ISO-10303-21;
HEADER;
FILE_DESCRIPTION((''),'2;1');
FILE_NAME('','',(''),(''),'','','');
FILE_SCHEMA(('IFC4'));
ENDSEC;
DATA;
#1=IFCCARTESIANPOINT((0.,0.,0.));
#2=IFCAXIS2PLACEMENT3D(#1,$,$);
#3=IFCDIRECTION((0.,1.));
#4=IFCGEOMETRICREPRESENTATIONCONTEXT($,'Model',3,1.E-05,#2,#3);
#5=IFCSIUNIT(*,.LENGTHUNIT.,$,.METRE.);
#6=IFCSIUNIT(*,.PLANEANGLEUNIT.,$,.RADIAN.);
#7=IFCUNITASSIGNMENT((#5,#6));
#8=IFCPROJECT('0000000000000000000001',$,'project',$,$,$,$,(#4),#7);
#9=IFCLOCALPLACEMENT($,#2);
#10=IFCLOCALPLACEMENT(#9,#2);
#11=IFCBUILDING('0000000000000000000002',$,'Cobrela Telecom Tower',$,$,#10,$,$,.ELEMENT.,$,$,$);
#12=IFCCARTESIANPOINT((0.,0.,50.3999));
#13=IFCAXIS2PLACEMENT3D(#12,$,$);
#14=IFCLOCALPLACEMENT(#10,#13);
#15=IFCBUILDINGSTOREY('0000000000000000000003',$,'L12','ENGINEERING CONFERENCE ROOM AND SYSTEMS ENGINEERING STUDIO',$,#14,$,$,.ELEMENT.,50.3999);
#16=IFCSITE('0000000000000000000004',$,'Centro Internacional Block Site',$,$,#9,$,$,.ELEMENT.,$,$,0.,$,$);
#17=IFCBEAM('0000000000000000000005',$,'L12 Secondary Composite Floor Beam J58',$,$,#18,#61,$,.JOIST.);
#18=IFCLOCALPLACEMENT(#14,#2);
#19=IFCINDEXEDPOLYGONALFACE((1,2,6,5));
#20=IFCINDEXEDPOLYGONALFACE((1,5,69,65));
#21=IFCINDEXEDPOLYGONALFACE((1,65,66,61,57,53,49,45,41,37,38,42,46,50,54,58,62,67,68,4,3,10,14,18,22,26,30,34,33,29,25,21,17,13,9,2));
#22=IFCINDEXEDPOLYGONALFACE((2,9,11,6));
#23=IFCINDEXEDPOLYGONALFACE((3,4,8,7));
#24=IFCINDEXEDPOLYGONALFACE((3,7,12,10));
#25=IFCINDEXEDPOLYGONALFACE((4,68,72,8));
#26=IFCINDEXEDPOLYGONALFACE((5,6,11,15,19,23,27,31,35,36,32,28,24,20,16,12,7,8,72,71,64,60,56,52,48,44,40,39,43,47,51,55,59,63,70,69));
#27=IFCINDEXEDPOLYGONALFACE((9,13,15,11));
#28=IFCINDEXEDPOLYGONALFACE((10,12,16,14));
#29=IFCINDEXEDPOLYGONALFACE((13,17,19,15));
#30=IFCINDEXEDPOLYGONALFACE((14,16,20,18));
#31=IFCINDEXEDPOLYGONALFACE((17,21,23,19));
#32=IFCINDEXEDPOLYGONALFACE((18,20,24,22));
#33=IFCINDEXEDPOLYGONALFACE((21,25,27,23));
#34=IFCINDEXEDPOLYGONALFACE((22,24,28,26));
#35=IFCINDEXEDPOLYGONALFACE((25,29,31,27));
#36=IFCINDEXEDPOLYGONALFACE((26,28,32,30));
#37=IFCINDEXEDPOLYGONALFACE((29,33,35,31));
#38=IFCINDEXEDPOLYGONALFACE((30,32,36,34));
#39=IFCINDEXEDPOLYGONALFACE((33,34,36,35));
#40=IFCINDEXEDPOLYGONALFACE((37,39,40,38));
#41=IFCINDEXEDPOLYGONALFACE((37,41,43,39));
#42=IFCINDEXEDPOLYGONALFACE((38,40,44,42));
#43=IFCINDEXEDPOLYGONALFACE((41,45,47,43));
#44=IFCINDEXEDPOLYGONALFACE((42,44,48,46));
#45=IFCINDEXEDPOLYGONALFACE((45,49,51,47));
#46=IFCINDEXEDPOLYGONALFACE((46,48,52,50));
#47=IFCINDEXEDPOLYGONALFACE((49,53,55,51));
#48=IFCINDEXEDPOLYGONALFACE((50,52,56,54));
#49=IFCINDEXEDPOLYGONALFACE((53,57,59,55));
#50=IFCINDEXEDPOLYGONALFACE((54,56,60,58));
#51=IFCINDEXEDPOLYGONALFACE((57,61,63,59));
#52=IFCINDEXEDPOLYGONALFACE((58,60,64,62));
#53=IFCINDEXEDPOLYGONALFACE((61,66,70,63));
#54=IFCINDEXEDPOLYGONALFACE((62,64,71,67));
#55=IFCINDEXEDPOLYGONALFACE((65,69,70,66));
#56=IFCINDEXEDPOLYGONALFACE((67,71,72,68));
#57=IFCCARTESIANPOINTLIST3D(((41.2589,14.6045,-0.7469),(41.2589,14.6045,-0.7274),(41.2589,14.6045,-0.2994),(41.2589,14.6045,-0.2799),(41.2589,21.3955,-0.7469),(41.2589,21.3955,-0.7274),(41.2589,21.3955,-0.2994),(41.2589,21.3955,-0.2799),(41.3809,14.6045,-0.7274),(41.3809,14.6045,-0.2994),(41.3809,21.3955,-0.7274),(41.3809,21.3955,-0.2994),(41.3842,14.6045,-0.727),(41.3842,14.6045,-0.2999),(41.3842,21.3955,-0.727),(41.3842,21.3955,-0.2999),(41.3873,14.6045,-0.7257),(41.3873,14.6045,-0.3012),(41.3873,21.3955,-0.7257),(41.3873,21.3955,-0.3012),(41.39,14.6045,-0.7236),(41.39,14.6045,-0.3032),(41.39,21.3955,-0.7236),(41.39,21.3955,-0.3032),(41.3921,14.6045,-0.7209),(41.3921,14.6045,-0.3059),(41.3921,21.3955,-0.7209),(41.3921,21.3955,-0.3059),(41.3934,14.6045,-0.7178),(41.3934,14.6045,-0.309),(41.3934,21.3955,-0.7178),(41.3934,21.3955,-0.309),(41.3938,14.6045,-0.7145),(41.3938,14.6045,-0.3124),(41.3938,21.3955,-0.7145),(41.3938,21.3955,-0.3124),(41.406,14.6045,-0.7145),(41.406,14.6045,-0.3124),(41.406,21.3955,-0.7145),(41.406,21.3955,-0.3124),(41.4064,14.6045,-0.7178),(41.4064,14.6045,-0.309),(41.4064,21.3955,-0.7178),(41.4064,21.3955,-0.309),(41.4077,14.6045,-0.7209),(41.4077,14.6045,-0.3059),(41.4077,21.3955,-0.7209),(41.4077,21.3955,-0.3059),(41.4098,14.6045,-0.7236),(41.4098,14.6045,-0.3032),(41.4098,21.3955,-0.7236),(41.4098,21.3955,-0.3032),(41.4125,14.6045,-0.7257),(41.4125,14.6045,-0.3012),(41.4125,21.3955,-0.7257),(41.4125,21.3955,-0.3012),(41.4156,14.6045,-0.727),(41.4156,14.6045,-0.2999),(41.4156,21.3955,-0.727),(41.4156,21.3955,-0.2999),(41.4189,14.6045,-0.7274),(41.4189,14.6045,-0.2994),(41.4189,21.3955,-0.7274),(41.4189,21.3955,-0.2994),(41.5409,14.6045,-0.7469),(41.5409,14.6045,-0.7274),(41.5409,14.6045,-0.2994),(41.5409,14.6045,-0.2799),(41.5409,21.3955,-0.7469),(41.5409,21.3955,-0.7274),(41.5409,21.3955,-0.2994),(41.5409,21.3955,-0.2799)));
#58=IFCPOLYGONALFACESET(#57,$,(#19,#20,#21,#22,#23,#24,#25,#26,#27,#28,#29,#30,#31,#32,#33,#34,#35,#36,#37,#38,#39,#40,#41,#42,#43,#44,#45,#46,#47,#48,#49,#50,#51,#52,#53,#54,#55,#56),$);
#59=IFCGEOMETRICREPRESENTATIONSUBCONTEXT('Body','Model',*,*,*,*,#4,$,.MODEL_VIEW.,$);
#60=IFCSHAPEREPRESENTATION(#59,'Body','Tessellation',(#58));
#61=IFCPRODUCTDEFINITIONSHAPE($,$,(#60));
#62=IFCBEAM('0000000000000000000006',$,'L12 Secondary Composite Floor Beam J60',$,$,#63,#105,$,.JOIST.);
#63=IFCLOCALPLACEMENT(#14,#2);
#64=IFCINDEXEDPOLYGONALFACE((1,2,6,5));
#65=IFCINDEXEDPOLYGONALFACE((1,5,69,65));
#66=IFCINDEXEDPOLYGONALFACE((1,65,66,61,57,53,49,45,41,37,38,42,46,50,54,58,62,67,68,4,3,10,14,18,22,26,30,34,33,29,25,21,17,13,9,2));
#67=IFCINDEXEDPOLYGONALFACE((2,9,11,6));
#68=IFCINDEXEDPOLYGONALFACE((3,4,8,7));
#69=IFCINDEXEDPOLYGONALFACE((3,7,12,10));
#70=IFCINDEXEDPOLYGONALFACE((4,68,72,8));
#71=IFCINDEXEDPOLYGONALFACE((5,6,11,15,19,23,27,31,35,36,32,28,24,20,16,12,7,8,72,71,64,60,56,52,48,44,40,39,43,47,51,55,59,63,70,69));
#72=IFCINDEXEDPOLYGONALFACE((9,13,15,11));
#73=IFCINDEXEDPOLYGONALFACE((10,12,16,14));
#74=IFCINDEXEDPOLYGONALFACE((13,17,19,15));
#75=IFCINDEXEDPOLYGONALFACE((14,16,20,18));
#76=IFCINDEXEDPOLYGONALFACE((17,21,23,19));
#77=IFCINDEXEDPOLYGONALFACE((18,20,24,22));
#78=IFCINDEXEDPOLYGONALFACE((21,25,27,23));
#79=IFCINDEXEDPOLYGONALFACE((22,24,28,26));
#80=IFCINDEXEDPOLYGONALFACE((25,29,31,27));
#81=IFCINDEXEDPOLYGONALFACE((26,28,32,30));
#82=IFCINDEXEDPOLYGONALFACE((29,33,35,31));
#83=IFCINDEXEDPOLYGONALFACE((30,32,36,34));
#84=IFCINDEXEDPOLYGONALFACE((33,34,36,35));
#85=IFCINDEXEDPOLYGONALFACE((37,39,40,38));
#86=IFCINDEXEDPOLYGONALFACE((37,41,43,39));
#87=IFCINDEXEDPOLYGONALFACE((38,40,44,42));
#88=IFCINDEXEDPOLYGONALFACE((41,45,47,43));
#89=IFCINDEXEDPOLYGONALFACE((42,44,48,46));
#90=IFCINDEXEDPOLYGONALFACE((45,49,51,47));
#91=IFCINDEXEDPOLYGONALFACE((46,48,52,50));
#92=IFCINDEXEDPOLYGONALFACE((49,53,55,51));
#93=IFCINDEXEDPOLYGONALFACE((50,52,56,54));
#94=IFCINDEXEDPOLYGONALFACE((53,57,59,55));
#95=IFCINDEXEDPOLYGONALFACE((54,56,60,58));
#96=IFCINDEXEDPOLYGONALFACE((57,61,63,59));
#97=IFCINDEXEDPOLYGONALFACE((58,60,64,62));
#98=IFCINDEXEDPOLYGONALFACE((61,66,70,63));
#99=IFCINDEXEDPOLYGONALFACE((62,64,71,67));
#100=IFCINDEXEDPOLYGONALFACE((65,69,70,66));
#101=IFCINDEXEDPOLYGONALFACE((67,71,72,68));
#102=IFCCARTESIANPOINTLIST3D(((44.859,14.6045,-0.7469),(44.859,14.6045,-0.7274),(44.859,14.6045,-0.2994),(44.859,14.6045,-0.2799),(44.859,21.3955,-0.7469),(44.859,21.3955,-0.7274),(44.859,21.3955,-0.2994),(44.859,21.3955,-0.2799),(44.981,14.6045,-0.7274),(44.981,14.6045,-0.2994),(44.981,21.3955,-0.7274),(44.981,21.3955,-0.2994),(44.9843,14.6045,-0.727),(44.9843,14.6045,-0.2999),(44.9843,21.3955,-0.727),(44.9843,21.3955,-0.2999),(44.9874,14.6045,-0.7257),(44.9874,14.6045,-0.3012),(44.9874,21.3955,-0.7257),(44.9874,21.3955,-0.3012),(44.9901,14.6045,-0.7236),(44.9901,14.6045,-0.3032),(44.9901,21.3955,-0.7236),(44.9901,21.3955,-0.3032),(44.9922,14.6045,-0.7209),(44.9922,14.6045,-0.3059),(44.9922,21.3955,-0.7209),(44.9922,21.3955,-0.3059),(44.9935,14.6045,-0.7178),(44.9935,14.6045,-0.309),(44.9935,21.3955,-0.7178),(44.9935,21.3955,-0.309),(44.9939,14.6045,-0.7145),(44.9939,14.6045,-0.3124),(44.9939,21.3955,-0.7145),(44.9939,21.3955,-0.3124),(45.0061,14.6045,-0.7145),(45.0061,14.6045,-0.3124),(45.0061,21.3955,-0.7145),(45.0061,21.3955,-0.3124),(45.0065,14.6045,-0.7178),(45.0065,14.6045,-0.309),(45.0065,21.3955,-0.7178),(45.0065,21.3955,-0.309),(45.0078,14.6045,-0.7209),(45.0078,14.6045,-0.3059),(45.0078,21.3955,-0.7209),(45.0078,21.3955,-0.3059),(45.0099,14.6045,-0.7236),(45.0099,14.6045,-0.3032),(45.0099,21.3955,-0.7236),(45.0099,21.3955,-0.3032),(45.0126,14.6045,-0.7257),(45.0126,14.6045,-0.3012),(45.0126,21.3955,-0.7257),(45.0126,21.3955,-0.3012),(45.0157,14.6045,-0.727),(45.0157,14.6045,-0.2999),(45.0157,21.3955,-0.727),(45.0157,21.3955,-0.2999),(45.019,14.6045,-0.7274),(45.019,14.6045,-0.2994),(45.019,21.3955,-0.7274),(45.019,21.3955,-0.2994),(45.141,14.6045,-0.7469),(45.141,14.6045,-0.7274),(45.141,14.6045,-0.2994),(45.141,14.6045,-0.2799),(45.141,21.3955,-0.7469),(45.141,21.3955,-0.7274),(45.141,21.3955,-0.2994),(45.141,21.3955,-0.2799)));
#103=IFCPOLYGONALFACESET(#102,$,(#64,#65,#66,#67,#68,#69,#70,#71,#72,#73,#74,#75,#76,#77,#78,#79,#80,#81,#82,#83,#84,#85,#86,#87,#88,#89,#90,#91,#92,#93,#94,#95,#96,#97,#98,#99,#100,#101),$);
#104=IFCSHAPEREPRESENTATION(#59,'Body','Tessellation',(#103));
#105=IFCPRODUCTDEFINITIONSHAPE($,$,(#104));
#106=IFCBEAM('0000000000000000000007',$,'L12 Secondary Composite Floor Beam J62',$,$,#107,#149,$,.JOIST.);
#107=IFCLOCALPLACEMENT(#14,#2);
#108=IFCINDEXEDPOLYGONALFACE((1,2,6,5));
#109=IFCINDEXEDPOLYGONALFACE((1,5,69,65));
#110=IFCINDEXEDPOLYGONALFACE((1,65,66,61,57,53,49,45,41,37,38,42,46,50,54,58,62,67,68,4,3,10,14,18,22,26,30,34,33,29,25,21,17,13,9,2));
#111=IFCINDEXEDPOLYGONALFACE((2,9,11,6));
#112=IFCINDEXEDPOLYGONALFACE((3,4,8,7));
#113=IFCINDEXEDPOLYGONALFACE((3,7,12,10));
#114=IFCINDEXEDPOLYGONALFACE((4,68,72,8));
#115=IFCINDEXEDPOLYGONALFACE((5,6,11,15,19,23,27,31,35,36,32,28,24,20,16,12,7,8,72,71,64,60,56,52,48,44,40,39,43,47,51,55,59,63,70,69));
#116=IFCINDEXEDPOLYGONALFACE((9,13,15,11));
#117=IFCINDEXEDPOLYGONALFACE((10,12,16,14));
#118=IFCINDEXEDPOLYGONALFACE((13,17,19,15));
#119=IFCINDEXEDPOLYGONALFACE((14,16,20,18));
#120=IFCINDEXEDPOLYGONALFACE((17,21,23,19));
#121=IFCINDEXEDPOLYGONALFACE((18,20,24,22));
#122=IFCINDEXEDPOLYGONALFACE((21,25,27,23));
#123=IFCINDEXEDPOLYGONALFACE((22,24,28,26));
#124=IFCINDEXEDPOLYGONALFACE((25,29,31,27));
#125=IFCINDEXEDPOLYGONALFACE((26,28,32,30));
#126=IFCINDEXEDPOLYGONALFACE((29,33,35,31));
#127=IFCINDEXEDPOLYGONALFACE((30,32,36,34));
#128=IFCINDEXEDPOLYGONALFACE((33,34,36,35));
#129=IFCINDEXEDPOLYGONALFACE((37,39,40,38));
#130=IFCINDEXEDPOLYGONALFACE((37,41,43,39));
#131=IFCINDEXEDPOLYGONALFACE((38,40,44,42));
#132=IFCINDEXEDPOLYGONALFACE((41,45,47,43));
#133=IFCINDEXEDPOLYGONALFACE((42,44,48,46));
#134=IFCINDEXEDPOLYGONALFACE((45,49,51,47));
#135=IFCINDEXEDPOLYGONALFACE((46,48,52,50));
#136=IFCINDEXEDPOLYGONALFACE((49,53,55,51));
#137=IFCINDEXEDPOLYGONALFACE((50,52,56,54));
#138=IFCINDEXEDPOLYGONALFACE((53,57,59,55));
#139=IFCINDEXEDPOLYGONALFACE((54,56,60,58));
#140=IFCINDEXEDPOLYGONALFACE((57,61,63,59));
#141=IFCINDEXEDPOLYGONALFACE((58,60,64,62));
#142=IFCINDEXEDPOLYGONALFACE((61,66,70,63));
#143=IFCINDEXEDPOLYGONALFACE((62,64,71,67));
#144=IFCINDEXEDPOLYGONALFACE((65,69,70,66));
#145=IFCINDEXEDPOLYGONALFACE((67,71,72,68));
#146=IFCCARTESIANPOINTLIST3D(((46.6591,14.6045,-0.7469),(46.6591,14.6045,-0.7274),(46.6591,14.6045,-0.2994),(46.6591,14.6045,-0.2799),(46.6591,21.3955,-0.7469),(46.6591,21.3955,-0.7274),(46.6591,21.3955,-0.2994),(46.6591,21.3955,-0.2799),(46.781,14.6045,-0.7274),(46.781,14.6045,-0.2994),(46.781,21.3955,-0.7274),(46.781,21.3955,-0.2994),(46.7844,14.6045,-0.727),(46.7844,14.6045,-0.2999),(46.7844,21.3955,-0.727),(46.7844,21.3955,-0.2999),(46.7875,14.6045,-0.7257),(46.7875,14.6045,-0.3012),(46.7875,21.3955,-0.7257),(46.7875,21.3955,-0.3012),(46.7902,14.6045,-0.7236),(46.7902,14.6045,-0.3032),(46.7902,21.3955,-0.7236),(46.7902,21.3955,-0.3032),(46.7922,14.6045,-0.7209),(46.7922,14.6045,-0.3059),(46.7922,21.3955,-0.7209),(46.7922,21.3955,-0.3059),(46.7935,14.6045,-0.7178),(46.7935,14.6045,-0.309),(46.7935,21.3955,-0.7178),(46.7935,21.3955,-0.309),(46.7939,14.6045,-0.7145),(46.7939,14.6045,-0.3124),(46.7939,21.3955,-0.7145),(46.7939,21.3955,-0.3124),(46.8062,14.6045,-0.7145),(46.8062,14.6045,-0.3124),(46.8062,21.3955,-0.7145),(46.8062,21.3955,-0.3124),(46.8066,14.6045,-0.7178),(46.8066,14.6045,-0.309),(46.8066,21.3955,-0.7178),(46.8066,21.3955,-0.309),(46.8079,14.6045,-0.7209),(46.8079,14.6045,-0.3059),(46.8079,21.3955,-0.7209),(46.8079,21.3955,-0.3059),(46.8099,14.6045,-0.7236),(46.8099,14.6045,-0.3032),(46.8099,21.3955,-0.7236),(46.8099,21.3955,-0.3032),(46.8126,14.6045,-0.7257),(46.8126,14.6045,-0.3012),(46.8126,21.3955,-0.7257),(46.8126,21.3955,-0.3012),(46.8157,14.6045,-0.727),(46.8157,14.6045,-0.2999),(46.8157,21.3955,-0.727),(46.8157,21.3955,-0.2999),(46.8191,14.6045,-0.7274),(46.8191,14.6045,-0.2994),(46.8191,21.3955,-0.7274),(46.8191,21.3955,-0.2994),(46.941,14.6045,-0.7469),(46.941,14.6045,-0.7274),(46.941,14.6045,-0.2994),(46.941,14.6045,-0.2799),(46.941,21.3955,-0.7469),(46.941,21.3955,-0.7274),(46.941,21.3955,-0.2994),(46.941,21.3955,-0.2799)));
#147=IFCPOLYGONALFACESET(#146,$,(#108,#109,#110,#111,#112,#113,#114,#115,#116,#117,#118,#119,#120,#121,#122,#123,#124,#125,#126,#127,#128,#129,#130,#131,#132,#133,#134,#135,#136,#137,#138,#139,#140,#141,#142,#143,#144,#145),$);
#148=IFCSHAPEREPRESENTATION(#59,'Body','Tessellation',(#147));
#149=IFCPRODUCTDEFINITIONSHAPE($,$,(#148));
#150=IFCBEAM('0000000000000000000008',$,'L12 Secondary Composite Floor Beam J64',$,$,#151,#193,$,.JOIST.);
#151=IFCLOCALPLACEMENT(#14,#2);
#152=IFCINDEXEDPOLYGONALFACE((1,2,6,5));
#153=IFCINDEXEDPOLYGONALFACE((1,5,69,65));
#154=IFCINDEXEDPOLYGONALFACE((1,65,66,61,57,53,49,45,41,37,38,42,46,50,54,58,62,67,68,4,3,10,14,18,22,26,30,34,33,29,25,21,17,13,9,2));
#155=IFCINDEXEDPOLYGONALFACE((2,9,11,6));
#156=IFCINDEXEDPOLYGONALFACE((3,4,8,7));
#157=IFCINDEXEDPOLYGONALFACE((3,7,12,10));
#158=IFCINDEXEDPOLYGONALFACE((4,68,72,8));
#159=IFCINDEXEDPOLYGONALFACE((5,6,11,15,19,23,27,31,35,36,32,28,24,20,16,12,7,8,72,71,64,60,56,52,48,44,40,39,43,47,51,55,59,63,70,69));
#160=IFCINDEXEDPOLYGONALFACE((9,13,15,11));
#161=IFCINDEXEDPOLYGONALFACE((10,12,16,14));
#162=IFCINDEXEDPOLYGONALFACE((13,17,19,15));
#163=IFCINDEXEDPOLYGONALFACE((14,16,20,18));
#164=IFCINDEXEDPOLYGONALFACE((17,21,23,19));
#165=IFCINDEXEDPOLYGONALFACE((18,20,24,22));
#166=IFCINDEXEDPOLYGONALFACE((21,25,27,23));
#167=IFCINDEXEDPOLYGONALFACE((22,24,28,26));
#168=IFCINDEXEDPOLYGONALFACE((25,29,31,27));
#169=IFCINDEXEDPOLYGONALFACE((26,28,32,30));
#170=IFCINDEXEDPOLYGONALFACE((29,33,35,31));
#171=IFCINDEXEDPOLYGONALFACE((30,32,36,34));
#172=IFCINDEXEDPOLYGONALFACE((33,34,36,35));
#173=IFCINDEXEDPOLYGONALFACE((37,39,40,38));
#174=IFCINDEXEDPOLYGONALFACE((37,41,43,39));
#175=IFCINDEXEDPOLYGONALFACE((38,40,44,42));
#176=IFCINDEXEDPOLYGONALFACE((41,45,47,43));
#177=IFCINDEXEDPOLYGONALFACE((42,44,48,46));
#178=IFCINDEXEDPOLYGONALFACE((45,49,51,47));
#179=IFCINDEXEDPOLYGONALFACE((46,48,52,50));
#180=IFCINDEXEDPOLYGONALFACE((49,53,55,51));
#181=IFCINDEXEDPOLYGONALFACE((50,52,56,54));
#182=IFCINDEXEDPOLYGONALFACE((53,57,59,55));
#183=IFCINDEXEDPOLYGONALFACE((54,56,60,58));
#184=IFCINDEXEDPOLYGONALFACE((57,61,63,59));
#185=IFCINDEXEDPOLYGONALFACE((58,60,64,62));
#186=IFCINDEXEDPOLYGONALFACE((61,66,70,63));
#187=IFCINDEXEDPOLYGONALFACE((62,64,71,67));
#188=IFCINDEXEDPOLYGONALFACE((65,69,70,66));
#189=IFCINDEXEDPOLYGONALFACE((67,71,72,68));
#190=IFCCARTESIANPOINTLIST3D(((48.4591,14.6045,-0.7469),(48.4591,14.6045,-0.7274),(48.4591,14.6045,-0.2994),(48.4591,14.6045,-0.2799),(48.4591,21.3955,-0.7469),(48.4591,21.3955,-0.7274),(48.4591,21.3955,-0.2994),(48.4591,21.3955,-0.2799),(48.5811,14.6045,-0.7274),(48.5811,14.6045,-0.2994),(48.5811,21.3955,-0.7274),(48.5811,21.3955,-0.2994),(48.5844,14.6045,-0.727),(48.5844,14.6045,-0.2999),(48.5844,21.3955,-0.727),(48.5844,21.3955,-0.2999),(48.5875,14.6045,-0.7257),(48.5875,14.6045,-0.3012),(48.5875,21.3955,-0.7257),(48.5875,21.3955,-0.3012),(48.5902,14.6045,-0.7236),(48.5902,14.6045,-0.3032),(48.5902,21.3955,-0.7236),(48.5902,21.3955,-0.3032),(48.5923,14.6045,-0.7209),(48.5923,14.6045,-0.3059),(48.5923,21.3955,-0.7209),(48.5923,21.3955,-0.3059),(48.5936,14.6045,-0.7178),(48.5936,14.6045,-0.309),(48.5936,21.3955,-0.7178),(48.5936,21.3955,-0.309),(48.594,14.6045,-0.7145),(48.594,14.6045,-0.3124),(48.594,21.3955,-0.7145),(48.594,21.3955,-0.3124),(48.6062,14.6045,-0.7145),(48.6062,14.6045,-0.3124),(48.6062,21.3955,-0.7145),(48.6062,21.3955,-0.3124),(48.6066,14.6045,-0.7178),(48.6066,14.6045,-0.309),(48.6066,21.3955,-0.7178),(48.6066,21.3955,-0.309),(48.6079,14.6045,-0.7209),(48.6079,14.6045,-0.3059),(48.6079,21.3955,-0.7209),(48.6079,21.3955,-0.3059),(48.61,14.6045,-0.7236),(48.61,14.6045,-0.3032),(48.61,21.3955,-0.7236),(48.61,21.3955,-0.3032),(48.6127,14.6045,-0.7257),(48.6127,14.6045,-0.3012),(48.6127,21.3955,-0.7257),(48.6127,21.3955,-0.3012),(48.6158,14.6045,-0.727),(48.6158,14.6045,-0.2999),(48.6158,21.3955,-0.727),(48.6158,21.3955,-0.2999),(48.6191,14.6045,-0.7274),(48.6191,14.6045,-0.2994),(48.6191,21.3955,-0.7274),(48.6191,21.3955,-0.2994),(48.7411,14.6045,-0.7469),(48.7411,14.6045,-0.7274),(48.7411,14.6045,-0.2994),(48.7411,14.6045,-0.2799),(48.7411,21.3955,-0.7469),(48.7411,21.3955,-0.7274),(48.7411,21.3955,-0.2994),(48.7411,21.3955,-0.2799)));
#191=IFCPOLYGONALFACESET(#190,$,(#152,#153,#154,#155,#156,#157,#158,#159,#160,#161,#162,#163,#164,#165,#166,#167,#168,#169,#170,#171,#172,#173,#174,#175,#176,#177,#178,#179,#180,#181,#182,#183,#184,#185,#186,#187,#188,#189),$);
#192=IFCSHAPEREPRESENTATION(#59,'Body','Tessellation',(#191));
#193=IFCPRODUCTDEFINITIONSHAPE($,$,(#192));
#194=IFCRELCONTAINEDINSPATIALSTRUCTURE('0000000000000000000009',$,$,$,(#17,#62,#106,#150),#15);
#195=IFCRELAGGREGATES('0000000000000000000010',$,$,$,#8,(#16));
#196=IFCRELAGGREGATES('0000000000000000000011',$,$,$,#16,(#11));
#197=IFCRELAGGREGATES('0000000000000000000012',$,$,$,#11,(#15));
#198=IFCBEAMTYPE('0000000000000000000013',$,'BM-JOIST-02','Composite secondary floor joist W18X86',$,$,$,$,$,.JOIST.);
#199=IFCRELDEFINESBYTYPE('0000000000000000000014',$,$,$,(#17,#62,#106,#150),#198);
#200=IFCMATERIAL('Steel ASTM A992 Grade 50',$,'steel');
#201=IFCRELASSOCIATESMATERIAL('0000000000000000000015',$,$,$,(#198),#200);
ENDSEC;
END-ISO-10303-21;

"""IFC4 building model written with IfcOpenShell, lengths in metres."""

from ifc_helpers import new_model, si_unit, direction, frame, origin, origin_2d, place, context, subcontext, project, spatial, i_section, extrude, material, material_profile, profile_set, type_object, element, save


model = new_model("IFC4")

# Units and contexts
model_context = context("Model", 3, precision=1e-05, world=origin(), true_north=direction((0.0, 1.0)))
body_context = subcontext(model_context, "Body", "Model", "MODEL_VIEW")
ifc_project = project(units=[si_unit("LENGTHUNIT", "METRE"), si_unit("PLANEANGLEUNIT", "RADIAN")], contexts=[model_context])

# Site, building, storey
site_placement = place(None, origin())
site = spatial("IfcSite", under=ifc_project, at=site_placement, Name="Centro Internacional Block Site", CompositionType="ELEMENT", RefElevation=0.0)
building_placement = place(site_placement, origin())
building = spatial("IfcBuilding", under=site, at=building_placement, Name="Cobrela Telecom Tower", CompositionType="ELEMENT")
storey_placement = place(building_placement, frame((0.0, 0.0, 50.3999)))
storey = spatial("IfcBuildingStorey", under=building, at=storey_placement, Name="L12", Description="ENGINEERING CONFERENCE ROOM AND SYSTEMS ENGINEERING STUDIO", CompositionType="ELEMENT", Elevation=50.3999)

# Shared definitions
ifc_material_1 = material(Name="Steel ASTM A992 Grade 50", Category="steel")

# Beams
ifc_material_profile_1 = material_profile(ifc_material_1, i_section(OverallWidth=0.282, OverallDepth=0.467, WebThickness=0.0122, FlangeThickness=0.0195, FilletRadius=0.0129, at=origin_2d()), Name="W18X86")
ifc_profile_set_1 = profile_set([ifc_material_profile_1], Name="Steel ASTM A992 Grade 50")
beam_type_1 = type_object("IfcBeamType", Name="BM-JOIST-02", Description="Composite secondary floor joist W18X86", PredefinedType="JOIST", material=ifc_profile_set_1)
for number, where, z_axis, x_axis, name in (
    (1, (41.3999, 14.6045, -0.5134), (0.0, 1.0, 0.0), (-1.0, 0.0, 0.0), "L12 Secondary Composite Floor Beam J58"),
    (2, (45.0, 14.6045, -0.5134), (0.0, 1.0, 0.0), (-1.0, 0.0, 0.0), "L12 Secondary Composite Floor Beam J60"),
    (3, (46.8, 14.6045, -0.5134), (0.0, 1.0, 0.0), (-1.0, 0.0, 0.0), "L12 Secondary Composite Floor Beam J62"),
    (4, (48.6001, 14.6045, -0.5134), (0.0, 1.0, 0.0), (-1.0, 0.0, 0.0), "L12 Secondary Composite Floor Beam J64"),
):
    element("IfcBeam", number, at=place(storey_placement, frame(where, z_axis=z_axis, x_axis=x_axis)), inside=storey, type_object=beam_type_1, Name=name, PredefinedType="JOIST", context=body_context, shape_type="SweptSolid", body=[
        extrude(i_section(OverallWidth=0.282, OverallDepth=0.467, WebThickness=0.0122, FlangeThickness=0.0195, FilletRadius=0.0129, at=origin_2d()), origin(), (0.0, 0.0, 1.0), 6.791),
    ])

save(model, "model.ifc")
